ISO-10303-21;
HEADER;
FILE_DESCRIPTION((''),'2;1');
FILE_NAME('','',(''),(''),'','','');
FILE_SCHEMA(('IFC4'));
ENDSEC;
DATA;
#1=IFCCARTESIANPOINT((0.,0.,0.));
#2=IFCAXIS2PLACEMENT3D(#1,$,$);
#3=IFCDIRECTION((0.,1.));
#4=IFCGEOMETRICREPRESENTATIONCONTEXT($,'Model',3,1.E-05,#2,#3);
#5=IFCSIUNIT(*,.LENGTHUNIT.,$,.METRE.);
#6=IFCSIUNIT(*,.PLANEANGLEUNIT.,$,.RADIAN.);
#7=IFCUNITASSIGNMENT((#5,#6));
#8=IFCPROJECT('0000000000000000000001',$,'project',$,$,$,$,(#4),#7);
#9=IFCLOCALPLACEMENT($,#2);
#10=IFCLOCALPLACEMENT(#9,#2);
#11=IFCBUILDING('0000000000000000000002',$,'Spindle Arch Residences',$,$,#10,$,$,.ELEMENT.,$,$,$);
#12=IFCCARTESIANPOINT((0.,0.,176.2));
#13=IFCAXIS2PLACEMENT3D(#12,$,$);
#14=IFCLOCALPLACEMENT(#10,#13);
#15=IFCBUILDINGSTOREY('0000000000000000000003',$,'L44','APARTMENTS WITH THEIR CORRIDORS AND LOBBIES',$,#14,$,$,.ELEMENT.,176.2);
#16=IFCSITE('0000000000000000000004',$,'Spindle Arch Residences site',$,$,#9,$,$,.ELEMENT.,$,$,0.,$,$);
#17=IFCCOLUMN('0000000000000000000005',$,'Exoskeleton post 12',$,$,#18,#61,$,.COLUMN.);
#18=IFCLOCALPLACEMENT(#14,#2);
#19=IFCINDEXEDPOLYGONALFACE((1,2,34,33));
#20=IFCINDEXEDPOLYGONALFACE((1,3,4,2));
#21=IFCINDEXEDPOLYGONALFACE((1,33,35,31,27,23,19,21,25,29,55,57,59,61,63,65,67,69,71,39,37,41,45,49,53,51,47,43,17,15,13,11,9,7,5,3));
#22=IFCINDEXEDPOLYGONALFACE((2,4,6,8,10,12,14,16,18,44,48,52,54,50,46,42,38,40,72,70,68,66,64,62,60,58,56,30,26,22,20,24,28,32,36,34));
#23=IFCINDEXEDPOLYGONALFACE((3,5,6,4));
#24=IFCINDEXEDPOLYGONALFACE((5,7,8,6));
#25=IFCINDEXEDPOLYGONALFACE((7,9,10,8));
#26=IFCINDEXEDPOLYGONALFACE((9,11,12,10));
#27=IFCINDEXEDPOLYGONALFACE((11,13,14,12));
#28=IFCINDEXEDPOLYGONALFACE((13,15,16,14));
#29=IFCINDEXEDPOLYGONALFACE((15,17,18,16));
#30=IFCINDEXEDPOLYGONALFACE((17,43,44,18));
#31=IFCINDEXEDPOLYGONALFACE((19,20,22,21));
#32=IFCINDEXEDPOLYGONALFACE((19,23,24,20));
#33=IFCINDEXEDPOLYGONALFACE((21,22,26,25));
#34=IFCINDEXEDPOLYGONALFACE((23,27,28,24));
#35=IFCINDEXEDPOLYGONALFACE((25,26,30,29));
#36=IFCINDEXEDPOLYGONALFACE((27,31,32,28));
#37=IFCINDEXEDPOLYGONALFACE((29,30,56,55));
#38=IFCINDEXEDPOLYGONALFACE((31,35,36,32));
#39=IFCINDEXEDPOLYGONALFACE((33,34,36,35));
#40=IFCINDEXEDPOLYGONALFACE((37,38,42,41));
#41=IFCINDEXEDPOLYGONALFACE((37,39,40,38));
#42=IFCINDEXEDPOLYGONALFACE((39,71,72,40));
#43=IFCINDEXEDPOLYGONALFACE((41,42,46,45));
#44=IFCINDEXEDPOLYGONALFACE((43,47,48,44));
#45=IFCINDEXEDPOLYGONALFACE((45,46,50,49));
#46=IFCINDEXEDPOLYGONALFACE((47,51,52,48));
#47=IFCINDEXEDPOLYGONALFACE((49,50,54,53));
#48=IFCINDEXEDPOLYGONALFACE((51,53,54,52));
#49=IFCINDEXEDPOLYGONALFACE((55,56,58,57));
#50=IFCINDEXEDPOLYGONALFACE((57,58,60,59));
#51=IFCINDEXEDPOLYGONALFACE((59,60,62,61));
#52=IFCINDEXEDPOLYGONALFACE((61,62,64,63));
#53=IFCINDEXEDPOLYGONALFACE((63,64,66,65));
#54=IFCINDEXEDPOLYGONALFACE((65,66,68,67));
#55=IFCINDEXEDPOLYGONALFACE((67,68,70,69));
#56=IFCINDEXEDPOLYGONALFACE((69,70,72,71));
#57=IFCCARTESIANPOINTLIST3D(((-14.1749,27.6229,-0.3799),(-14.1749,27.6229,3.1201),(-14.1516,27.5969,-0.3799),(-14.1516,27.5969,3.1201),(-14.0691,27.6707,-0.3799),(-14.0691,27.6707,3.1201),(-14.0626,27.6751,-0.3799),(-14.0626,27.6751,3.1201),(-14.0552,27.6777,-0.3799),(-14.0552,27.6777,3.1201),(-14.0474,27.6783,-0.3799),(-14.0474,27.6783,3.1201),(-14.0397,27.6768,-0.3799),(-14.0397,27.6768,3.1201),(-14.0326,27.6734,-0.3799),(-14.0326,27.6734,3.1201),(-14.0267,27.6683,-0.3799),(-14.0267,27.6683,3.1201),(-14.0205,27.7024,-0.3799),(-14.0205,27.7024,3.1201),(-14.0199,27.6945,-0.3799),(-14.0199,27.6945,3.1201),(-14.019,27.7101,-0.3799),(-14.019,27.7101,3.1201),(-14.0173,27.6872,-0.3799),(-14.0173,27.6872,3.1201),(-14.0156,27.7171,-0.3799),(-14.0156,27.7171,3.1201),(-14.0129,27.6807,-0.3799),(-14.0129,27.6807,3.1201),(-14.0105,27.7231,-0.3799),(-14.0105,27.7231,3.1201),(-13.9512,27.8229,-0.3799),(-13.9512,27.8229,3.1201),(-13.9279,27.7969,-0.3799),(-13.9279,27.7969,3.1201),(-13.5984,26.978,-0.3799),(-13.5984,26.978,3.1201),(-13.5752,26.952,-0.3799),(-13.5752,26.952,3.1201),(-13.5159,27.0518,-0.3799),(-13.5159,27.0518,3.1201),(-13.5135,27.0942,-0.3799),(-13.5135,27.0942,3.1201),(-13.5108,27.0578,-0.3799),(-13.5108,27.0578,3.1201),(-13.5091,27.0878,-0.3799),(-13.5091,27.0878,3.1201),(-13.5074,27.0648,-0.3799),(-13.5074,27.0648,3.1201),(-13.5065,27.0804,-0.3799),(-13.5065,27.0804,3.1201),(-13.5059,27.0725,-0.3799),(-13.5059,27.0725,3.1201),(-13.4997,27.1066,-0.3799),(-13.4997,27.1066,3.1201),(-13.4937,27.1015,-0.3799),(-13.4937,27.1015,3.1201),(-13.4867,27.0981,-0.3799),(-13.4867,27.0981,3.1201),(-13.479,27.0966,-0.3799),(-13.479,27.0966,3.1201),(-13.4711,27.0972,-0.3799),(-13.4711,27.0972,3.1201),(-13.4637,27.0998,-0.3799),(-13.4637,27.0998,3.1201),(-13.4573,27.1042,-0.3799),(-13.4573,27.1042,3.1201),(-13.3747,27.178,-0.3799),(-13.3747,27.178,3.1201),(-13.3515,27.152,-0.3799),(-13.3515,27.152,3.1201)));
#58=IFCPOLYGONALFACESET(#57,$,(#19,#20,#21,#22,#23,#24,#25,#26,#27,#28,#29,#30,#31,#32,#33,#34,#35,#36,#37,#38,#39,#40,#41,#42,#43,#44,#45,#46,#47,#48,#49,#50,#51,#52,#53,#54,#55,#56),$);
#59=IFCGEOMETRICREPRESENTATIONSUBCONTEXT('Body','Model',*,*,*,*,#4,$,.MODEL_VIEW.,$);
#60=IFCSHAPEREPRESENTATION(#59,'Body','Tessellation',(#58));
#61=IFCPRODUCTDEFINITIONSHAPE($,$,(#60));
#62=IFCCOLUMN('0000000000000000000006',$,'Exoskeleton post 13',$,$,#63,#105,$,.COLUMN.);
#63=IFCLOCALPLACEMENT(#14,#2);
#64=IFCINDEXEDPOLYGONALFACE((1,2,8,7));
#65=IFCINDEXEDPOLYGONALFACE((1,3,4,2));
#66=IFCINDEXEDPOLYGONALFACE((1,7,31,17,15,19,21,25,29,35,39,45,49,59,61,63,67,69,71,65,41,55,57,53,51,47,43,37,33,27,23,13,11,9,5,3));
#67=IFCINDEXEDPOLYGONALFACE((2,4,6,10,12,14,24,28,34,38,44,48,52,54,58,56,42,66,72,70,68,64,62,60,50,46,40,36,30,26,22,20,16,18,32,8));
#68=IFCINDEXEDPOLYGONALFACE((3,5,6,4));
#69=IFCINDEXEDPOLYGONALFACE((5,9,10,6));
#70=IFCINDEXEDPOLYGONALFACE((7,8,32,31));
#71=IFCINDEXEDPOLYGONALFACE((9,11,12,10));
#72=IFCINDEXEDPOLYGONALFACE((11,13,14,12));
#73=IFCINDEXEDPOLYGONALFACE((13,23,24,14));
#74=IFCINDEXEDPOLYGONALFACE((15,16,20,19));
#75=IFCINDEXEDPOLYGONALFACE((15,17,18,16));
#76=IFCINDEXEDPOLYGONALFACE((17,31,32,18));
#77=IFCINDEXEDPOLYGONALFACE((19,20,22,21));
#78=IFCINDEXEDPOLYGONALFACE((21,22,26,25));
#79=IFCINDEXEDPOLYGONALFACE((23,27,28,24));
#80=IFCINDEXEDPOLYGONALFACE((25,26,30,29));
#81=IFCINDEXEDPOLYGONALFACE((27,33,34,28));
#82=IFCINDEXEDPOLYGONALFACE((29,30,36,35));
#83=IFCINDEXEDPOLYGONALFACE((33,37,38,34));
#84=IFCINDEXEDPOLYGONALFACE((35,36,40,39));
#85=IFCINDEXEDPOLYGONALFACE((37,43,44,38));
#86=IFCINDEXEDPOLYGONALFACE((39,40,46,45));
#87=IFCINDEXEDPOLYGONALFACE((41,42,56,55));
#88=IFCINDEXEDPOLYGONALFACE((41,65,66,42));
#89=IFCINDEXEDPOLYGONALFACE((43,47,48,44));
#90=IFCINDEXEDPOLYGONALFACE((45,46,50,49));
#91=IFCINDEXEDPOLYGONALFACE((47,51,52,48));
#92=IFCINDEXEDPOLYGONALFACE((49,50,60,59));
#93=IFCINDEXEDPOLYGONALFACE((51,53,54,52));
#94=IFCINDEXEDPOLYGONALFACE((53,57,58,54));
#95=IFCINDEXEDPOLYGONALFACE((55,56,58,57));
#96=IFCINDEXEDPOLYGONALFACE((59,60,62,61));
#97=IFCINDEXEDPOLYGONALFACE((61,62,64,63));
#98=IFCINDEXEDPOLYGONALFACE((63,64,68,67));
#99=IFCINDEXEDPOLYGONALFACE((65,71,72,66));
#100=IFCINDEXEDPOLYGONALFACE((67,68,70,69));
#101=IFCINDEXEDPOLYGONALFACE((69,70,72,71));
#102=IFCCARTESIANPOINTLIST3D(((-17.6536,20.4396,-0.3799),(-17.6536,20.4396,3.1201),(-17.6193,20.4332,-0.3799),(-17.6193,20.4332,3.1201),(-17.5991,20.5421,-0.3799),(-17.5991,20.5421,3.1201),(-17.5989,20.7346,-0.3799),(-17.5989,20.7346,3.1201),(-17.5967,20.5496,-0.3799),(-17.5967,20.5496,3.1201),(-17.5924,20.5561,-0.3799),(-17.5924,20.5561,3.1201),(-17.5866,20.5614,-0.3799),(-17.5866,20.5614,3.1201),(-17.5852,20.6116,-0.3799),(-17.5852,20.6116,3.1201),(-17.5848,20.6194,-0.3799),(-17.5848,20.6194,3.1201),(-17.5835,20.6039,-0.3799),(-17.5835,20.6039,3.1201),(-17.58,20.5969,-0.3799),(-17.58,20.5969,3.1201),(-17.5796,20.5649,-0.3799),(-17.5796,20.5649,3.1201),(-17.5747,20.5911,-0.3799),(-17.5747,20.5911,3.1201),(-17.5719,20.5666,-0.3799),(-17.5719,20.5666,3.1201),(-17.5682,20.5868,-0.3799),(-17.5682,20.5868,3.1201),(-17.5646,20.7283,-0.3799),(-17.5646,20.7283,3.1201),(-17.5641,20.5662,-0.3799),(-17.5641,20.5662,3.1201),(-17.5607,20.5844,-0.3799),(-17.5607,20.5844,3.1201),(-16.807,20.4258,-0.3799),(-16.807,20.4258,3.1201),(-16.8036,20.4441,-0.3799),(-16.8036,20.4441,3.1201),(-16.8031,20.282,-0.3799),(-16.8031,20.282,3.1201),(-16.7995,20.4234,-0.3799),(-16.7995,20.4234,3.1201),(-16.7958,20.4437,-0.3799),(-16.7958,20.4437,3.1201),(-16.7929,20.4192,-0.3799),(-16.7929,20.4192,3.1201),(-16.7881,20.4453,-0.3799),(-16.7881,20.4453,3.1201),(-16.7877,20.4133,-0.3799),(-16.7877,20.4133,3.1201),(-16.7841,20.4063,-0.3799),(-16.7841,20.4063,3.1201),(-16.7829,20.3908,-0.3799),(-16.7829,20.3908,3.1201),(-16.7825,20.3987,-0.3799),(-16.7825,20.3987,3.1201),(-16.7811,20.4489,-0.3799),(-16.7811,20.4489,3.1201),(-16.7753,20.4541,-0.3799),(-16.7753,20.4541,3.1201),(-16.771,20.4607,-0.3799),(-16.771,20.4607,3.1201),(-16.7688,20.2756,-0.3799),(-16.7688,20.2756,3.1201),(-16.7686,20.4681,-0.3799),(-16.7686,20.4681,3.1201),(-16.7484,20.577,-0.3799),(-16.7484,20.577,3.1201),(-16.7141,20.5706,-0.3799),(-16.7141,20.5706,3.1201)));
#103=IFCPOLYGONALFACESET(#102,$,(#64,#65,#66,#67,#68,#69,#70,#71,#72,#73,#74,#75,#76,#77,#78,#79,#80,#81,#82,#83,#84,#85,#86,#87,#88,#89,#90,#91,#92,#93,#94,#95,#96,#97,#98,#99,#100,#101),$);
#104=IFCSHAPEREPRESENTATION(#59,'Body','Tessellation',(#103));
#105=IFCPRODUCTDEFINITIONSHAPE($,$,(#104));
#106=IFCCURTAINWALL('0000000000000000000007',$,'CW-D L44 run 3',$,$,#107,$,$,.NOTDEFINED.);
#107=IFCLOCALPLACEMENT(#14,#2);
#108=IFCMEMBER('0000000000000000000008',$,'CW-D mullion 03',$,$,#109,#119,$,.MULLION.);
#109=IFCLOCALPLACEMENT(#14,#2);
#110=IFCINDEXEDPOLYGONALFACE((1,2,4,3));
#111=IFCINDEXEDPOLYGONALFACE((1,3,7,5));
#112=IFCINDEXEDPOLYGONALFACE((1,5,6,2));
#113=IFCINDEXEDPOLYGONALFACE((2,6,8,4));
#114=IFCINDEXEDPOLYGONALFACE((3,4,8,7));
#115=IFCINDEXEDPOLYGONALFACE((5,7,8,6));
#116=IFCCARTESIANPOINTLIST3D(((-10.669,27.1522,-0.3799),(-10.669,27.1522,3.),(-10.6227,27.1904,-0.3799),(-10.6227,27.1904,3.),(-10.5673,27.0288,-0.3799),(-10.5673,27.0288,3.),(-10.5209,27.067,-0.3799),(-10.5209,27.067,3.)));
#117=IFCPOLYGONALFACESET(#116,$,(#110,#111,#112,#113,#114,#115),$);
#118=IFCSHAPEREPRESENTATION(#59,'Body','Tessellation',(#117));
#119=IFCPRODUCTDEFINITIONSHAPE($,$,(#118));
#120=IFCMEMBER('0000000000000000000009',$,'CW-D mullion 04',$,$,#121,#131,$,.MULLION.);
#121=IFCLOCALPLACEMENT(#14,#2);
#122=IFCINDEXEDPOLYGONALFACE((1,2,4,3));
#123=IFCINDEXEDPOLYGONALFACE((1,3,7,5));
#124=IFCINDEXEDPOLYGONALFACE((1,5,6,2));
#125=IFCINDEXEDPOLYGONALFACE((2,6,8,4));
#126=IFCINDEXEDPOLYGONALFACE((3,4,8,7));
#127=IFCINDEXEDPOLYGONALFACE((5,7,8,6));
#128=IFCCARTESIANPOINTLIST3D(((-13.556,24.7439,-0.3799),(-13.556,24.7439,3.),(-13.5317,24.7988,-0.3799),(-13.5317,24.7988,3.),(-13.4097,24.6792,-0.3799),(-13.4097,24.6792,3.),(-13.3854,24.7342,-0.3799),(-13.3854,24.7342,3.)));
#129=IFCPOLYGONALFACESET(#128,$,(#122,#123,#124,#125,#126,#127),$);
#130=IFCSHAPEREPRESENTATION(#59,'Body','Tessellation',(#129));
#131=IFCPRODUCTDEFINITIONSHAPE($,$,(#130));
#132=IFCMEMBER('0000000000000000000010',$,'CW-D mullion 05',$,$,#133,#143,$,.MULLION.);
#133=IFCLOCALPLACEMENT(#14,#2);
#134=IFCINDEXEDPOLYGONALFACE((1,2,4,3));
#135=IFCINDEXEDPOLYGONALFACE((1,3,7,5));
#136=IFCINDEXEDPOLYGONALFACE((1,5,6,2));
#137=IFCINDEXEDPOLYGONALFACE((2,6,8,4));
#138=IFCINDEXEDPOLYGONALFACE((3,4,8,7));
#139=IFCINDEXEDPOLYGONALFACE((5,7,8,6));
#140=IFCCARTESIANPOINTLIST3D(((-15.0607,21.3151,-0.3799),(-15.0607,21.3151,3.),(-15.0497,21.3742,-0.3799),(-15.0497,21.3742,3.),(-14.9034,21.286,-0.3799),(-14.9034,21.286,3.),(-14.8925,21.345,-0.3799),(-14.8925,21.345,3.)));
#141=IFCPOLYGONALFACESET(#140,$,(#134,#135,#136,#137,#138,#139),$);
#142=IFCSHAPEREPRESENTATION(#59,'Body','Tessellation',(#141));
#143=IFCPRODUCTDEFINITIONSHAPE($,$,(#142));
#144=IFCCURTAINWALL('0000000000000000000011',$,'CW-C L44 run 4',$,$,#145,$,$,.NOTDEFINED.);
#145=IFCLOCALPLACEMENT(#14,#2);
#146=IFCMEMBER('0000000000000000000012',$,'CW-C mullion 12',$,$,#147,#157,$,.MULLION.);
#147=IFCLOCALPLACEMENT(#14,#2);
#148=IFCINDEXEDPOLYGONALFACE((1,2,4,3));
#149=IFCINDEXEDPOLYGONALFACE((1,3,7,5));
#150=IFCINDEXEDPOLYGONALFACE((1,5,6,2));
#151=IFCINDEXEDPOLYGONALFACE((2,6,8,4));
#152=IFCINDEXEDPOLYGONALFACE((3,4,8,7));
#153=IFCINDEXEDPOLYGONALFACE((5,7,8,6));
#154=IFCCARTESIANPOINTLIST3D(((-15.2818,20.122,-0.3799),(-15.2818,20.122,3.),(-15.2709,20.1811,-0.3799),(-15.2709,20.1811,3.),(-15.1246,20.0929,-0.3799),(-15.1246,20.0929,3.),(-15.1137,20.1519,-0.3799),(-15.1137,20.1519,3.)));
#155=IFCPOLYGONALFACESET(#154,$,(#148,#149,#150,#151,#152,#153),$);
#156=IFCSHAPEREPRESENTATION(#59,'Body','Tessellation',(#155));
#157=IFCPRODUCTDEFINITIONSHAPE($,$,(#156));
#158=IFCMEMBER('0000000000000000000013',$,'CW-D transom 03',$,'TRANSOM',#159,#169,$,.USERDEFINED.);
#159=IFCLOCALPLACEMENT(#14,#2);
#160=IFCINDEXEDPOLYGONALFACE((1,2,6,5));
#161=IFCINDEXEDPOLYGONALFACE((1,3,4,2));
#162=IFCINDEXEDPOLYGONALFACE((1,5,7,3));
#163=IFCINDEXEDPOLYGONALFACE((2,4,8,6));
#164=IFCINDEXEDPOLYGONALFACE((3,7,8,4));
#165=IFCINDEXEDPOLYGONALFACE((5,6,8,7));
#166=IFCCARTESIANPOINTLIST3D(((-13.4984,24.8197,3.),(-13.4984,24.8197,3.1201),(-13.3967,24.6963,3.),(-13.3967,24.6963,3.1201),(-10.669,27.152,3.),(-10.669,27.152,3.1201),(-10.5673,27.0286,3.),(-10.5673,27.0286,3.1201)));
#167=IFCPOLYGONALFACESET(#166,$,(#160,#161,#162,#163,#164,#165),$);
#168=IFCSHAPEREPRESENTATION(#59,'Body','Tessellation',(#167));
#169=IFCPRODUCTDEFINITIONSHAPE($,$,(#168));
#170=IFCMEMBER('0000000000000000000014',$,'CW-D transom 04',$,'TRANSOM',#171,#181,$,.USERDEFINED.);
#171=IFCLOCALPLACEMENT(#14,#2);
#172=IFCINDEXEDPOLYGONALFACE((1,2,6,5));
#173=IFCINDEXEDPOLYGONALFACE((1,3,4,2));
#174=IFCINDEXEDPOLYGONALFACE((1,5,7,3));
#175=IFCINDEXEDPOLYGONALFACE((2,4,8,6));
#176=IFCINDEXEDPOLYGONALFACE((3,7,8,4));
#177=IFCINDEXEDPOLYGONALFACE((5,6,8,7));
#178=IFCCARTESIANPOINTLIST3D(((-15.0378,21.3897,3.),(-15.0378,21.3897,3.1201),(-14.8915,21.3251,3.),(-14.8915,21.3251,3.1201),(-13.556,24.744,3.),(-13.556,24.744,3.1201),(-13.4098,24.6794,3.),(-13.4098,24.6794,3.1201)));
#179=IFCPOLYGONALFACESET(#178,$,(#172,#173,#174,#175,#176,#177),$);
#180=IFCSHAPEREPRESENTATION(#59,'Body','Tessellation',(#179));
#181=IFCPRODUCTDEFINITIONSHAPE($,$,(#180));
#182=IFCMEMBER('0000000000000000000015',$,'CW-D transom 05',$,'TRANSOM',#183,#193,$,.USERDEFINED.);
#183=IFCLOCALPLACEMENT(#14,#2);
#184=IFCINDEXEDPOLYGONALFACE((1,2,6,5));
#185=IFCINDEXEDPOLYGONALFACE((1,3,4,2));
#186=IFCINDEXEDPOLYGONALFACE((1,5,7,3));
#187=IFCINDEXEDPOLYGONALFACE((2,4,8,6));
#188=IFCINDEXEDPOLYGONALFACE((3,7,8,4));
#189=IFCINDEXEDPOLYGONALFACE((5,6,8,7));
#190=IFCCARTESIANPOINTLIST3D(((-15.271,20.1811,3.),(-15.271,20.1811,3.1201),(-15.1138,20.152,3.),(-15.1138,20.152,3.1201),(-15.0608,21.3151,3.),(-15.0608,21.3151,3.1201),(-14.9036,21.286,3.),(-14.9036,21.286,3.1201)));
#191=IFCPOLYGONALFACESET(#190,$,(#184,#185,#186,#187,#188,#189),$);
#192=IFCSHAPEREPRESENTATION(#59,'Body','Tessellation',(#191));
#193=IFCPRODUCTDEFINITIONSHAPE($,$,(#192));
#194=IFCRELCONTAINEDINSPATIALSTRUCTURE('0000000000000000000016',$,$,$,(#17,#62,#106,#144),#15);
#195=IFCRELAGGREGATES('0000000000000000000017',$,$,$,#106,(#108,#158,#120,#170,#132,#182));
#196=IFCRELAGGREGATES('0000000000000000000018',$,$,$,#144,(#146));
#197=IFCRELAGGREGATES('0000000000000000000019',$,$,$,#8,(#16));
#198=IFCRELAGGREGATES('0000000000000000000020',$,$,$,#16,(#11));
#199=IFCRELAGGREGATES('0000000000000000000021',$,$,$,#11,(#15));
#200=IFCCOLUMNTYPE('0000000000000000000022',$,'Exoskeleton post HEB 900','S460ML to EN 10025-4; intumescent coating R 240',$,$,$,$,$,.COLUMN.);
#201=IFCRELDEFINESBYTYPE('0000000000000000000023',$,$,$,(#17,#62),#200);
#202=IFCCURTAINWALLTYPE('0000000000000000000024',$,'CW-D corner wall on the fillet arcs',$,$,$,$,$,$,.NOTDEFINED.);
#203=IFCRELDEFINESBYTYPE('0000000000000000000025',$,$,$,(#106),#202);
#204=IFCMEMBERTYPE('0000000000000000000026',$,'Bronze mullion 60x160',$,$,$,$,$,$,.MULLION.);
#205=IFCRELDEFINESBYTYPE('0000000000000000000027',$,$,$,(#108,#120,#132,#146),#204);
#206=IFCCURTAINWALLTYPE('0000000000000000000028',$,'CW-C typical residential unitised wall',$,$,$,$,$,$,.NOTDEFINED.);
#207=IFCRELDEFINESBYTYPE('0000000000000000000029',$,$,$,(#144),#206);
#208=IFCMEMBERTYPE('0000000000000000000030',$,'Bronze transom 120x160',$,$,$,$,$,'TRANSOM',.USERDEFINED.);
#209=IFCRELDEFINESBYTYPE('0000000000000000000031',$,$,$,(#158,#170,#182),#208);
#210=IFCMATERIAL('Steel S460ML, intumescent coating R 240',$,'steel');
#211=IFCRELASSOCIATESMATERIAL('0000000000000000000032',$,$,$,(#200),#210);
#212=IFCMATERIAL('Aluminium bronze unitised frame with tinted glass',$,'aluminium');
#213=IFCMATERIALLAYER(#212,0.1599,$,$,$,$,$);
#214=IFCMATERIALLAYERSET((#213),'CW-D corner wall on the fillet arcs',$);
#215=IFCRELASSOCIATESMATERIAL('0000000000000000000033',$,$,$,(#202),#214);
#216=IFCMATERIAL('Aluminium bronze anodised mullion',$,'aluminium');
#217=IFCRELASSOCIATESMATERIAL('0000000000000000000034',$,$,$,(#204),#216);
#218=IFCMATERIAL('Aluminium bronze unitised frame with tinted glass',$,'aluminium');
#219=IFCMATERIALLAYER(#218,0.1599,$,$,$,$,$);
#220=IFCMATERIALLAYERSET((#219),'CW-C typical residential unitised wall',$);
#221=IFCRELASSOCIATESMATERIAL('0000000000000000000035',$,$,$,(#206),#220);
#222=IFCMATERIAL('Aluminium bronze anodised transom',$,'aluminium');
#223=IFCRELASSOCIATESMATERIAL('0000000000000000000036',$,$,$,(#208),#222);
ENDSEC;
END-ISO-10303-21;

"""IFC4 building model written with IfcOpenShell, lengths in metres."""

from ifc_helpers import new_model, si_unit, direction, frame, origin, origin_2d, place, context, subcontext, project, spatial, rectangle, i_section, extrude, material, layer, layer_set, material_profile, profile_set, type_object, element, aggregate, save


model = new_model("IFC4")

# Units and contexts
model_context = context("Model", 3, precision=1e-05, world=origin(), true_north=direction((0.0, 1.0)))
body_context = subcontext(model_context, "Body", "Model", "MODEL_VIEW")
ifc_project = project(units=[si_unit("LENGTHUNIT", "METRE"), si_unit("PLANEANGLEUNIT", "RADIAN")], contexts=[model_context])

# Site, building, storey
site_placement = place(None, origin())
site = spatial("IfcSite", under=ifc_project, at=site_placement, Name="Spindle Arch Residences site", CompositionType="ELEMENT", RefElevation=0.0)
building_placement = place(site_placement, origin())
building = spatial("IfcBuilding", under=site, at=building_placement, Name="Spindle Arch Residences", CompositionType="ELEMENT")
storey_placement = place(building_placement, frame((0.0, 0.0, 176.2)))
storey = spatial("IfcBuildingStorey", under=building, at=storey_placement, Name="L44", Description="APARTMENTS WITH THEIR CORRIDORS AND LOBBIES", CompositionType="ELEMENT", Elevation=176.2)

# Columns
ifc_material_1 = material(Name="Steel S460ML, intumescent coating R 240", Category="steel")
ifc_material_profile_1 = material_profile(ifc_material_1, i_section(OverallWidth=0.3, OverallDepth=0.8999, WebThickness=0.0186, FlangeThickness=0.0349, FilletRadius=0.03, at=origin_2d()), Name="HEB 900")
ifc_profile_set_1 = profile_set([ifc_material_profile_1], Name="Steel S460ML, intumescent coating R 240")
column_type = type_object("IfcColumnType", Name="Exoskeleton post HEB 900", Description="S460ML to EN 10025-4; intumescent coating R 240", PredefinedType="COLUMN", material=ifc_profile_set_1)
for number, where, z_axis, x_axis, name in (
    (1, (-13.7632, 27.3875, -0.3799), (0.0, 0.0, 1.0), (0.74554, 0.666461, 0.0), "Exoskeleton post 12"),
    (2, (-17.1838, 20.5051, -0.3799), (0.0, 0.0, 1.0), (0.182236, 0.983255, 0.0), "Exoskeleton post 13"),
):
    element("IfcColumn", number, at=place(storey_placement, frame(where, z_axis=z_axis, x_axis=x_axis)), inside=storey, type_object=column_type, Name=name, PredefinedType="COLUMN", context=body_context, shape_type="SweptSolid", body=[
        extrude(i_section(OverallWidth=0.3, OverallDepth=0.8999, WebThickness=0.0186, FlangeThickness=0.0349, FilletRadius=0.03, at=origin_2d()), origin(), (0.0, 0.0, 1.0), 3.5),
    ])

# Curtain wall, members
ifc_material_2 = material(Name="Aluminium bronze unitised frame with tinted glass", Category="aluminium")
ifc_layer_1 = layer(ifc_material_2, 0.1599)
ifc_layer_set_1 = layer_set([ifc_layer_1], Name="CW-D corner wall on the fillet arcs")
curtain_wall_type_1 = type_object("IfcCurtainWallType", Name="CW-D corner wall on the fillet arcs", PredefinedType="NOTDEFINED", material=ifc_layer_set_1)
curtain_wall_1_placement = place(storey_placement, origin())
curtain_wall_1 = element("IfcCurtainWall", 3, at=curtain_wall_1_placement, inside=storey, type_object=curtain_wall_type_1, Name="CW-D L44 run 3", PredefinedType="NOTDEFINED")
ifc_material_3 = material(Name="Aluminium bronze anodised mullion", Category="aluminium")
ifc_material_profile_2 = material_profile(ifc_material_3, rectangle(XDim=0.1599, YDim=0.0601, at=origin_2d()), Name="MU 60x160")
ifc_profile_set_2 = profile_set([ifc_material_profile_2], Name="Aluminium bronze anodised mullion")
member_type_1 = type_object("IfcMemberType", Name="Bronze mullion 60x160", PredefinedType="MULLION", material=ifc_profile_set_2)
member_1_placement = place(storey_placement, frame((-10.595, 27.1096, -0.3799), z_axis=(0.0, 0.0, 1.0), x_axis=(0.636078, -0.771625, 0.0)))
member_1 = element("IfcMember", 4, at=member_1_placement, type_object=member_type_1, Name="CW-D mullion 03", PredefinedType="MULLION", context=body_context, shape_type="SweptSolid", body=[
    extrude(rectangle(XDim=0.1599, YDim=0.0601, at=origin_2d()), origin(), (0.0, 0.0, 1.0), 3.3799),
])
member_2_placement = place(storey_placement, frame((-13.4707, 24.739, -0.3799), z_axis=(0.0, 0.0, 1.0), x_axis=(0.914725, -0.404078, 0.0)))
member_2 = element("IfcMember", 5, at=member_2_placement, type_object=member_type_1, Name="CW-D mullion 04", PredefinedType="MULLION", context=body_context, shape_type="SweptSolid", body=[
    extrude(rectangle(XDim=0.1599, YDim=0.0601, at=origin_2d()), origin(), (0.0, 0.0, 1.0), 3.3799),
])
member_3_placement = place(storey_placement, frame((-14.9766, 21.3301, -0.3799), z_axis=(0.0, 0.0, 1.0), x_axis=(0.983255, -0.182236, 0.0)))
member_3 = element("IfcMember", 6, at=member_3_placement, type_object=member_type_1, Name="CW-D mullion 05", PredefinedType="MULLION", context=body_context, shape_type="SweptSolid", body=[
    extrude(rectangle(XDim=0.1599, YDim=0.0601, at=origin_2d()), origin(), (0.0, 0.0, 1.0), 3.3799),
])

# Curtain wall, member
ifc_material_4 = material(Name="Aluminium bronze unitised frame with tinted glass", Category="aluminium")
ifc_layer_2 = layer(ifc_material_4, 0.1599)
ifc_layer_set_2 = layer_set([ifc_layer_2], Name="CW-C typical residential unitised wall")
curtain_wall_type_2 = type_object("IfcCurtainWallType", Name="CW-C typical residential unitised wall", PredefinedType="NOTDEFINED", material=ifc_layer_set_2)
curtain_wall_2_placement = place(storey_placement, origin())
curtain_wall_2 = element("IfcCurtainWall", 7, at=curtain_wall_2_placement, inside=storey, type_object=curtain_wall_type_2, Name="CW-C L44 run 4", PredefinedType="NOTDEFINED")
member_4_placement = place(storey_placement, frame((-15.1978, 20.137, -0.3799), z_axis=(0.0, 0.0, 1.0), x_axis=(0.983255, -0.182236, 0.0)))
member_4 = element("IfcMember", 8, at=member_4_placement, type_object=member_type_1, Name="CW-C mullion 12", PredefinedType="MULLION", context=body_context, shape_type="SweptSolid", body=[
    extrude(rectangle(XDim=0.1599, YDim=0.0601, at=origin_2d()), origin(), (0.0, 0.0, 1.0), 3.3799),
])

# Members
ifc_material_5 = material(Name="Aluminium bronze anodised transom", Category="aluminium")
ifc_material_profile_3 = material_profile(ifc_material_5, rectangle(XDim=0.1599, YDim=0.1201, at=origin_2d()), Name="TR 120x160")
ifc_profile_set_3 = profile_set([ifc_material_profile_3], Name="Aluminium bronze anodised transom")
member_type_2 = type_object("IfcMemberType", Name="Bronze transom 120x160", ElementType="TRANSOM", PredefinedType="USERDEFINED", material=ifc_profile_set_3)
member_5_placement = place(storey_placement, frame((-10.6182, 27.0903, 3.0601), z_axis=(-0.771632, -0.636069, 0.0), x_axis=(0.636069, -0.771632, 0.0)))
member_5 = element("IfcMember", 9, at=member_5_placement, type_object=member_type_2, Name="CW-D transom 03", ObjectType="TRANSOM", PredefinedType="USERDEFINED", context=body_context, shape_type="SweptSolid", body=[
    extrude(rectangle(XDim=0.1599, YDim=0.1201, at=origin_2d()), origin(), (0.0, 0.0, 1.0), 3.6667),
])
member_6_placement = place(storey_placement, frame((-13.4829, 24.7117, 3.0601), z_axis=(-0.404068, -0.914729, 0.0), x_axis=(0.914729, -0.404068, 0.0)))
member_6 = element("IfcMember", 10, at=member_6_placement, type_object=member_type_2, Name="CW-D transom 04", ObjectType="TRANSOM", PredefinedType="USERDEFINED", context=body_context, shape_type="SweptSolid", body=[
    extrude(rectangle(XDim=0.1599, YDim=0.1201, at=origin_2d()), origin(), (0.0, 0.0, 1.0), 3.667),
])
member_7_placement = place(storey_placement, frame((-14.9822, 21.3005, 3.0601), z_axis=(-0.182256, -0.983251, 0.0), x_axis=(0.983251, -0.182256, 0.0)))
member_7 = element("IfcMember", 11, at=member_7_placement, type_object=member_type_2, Name="CW-D transom 05", ObjectType="TRANSOM", PredefinedType="USERDEFINED", context=body_context, shape_type="SweptSolid", body=[
    extrude(rectangle(XDim=0.1599, YDim=0.1201, at=origin_2d()), origin(), (0.0, 0.0, 1.0), 1.1533),
])

aggregate(curtain_wall_1, [member_1, member_5, member_2, member_6, member_3, member_7])
aggregate(curtain_wall_2, [member_4])

save(model, "model.ifc")
